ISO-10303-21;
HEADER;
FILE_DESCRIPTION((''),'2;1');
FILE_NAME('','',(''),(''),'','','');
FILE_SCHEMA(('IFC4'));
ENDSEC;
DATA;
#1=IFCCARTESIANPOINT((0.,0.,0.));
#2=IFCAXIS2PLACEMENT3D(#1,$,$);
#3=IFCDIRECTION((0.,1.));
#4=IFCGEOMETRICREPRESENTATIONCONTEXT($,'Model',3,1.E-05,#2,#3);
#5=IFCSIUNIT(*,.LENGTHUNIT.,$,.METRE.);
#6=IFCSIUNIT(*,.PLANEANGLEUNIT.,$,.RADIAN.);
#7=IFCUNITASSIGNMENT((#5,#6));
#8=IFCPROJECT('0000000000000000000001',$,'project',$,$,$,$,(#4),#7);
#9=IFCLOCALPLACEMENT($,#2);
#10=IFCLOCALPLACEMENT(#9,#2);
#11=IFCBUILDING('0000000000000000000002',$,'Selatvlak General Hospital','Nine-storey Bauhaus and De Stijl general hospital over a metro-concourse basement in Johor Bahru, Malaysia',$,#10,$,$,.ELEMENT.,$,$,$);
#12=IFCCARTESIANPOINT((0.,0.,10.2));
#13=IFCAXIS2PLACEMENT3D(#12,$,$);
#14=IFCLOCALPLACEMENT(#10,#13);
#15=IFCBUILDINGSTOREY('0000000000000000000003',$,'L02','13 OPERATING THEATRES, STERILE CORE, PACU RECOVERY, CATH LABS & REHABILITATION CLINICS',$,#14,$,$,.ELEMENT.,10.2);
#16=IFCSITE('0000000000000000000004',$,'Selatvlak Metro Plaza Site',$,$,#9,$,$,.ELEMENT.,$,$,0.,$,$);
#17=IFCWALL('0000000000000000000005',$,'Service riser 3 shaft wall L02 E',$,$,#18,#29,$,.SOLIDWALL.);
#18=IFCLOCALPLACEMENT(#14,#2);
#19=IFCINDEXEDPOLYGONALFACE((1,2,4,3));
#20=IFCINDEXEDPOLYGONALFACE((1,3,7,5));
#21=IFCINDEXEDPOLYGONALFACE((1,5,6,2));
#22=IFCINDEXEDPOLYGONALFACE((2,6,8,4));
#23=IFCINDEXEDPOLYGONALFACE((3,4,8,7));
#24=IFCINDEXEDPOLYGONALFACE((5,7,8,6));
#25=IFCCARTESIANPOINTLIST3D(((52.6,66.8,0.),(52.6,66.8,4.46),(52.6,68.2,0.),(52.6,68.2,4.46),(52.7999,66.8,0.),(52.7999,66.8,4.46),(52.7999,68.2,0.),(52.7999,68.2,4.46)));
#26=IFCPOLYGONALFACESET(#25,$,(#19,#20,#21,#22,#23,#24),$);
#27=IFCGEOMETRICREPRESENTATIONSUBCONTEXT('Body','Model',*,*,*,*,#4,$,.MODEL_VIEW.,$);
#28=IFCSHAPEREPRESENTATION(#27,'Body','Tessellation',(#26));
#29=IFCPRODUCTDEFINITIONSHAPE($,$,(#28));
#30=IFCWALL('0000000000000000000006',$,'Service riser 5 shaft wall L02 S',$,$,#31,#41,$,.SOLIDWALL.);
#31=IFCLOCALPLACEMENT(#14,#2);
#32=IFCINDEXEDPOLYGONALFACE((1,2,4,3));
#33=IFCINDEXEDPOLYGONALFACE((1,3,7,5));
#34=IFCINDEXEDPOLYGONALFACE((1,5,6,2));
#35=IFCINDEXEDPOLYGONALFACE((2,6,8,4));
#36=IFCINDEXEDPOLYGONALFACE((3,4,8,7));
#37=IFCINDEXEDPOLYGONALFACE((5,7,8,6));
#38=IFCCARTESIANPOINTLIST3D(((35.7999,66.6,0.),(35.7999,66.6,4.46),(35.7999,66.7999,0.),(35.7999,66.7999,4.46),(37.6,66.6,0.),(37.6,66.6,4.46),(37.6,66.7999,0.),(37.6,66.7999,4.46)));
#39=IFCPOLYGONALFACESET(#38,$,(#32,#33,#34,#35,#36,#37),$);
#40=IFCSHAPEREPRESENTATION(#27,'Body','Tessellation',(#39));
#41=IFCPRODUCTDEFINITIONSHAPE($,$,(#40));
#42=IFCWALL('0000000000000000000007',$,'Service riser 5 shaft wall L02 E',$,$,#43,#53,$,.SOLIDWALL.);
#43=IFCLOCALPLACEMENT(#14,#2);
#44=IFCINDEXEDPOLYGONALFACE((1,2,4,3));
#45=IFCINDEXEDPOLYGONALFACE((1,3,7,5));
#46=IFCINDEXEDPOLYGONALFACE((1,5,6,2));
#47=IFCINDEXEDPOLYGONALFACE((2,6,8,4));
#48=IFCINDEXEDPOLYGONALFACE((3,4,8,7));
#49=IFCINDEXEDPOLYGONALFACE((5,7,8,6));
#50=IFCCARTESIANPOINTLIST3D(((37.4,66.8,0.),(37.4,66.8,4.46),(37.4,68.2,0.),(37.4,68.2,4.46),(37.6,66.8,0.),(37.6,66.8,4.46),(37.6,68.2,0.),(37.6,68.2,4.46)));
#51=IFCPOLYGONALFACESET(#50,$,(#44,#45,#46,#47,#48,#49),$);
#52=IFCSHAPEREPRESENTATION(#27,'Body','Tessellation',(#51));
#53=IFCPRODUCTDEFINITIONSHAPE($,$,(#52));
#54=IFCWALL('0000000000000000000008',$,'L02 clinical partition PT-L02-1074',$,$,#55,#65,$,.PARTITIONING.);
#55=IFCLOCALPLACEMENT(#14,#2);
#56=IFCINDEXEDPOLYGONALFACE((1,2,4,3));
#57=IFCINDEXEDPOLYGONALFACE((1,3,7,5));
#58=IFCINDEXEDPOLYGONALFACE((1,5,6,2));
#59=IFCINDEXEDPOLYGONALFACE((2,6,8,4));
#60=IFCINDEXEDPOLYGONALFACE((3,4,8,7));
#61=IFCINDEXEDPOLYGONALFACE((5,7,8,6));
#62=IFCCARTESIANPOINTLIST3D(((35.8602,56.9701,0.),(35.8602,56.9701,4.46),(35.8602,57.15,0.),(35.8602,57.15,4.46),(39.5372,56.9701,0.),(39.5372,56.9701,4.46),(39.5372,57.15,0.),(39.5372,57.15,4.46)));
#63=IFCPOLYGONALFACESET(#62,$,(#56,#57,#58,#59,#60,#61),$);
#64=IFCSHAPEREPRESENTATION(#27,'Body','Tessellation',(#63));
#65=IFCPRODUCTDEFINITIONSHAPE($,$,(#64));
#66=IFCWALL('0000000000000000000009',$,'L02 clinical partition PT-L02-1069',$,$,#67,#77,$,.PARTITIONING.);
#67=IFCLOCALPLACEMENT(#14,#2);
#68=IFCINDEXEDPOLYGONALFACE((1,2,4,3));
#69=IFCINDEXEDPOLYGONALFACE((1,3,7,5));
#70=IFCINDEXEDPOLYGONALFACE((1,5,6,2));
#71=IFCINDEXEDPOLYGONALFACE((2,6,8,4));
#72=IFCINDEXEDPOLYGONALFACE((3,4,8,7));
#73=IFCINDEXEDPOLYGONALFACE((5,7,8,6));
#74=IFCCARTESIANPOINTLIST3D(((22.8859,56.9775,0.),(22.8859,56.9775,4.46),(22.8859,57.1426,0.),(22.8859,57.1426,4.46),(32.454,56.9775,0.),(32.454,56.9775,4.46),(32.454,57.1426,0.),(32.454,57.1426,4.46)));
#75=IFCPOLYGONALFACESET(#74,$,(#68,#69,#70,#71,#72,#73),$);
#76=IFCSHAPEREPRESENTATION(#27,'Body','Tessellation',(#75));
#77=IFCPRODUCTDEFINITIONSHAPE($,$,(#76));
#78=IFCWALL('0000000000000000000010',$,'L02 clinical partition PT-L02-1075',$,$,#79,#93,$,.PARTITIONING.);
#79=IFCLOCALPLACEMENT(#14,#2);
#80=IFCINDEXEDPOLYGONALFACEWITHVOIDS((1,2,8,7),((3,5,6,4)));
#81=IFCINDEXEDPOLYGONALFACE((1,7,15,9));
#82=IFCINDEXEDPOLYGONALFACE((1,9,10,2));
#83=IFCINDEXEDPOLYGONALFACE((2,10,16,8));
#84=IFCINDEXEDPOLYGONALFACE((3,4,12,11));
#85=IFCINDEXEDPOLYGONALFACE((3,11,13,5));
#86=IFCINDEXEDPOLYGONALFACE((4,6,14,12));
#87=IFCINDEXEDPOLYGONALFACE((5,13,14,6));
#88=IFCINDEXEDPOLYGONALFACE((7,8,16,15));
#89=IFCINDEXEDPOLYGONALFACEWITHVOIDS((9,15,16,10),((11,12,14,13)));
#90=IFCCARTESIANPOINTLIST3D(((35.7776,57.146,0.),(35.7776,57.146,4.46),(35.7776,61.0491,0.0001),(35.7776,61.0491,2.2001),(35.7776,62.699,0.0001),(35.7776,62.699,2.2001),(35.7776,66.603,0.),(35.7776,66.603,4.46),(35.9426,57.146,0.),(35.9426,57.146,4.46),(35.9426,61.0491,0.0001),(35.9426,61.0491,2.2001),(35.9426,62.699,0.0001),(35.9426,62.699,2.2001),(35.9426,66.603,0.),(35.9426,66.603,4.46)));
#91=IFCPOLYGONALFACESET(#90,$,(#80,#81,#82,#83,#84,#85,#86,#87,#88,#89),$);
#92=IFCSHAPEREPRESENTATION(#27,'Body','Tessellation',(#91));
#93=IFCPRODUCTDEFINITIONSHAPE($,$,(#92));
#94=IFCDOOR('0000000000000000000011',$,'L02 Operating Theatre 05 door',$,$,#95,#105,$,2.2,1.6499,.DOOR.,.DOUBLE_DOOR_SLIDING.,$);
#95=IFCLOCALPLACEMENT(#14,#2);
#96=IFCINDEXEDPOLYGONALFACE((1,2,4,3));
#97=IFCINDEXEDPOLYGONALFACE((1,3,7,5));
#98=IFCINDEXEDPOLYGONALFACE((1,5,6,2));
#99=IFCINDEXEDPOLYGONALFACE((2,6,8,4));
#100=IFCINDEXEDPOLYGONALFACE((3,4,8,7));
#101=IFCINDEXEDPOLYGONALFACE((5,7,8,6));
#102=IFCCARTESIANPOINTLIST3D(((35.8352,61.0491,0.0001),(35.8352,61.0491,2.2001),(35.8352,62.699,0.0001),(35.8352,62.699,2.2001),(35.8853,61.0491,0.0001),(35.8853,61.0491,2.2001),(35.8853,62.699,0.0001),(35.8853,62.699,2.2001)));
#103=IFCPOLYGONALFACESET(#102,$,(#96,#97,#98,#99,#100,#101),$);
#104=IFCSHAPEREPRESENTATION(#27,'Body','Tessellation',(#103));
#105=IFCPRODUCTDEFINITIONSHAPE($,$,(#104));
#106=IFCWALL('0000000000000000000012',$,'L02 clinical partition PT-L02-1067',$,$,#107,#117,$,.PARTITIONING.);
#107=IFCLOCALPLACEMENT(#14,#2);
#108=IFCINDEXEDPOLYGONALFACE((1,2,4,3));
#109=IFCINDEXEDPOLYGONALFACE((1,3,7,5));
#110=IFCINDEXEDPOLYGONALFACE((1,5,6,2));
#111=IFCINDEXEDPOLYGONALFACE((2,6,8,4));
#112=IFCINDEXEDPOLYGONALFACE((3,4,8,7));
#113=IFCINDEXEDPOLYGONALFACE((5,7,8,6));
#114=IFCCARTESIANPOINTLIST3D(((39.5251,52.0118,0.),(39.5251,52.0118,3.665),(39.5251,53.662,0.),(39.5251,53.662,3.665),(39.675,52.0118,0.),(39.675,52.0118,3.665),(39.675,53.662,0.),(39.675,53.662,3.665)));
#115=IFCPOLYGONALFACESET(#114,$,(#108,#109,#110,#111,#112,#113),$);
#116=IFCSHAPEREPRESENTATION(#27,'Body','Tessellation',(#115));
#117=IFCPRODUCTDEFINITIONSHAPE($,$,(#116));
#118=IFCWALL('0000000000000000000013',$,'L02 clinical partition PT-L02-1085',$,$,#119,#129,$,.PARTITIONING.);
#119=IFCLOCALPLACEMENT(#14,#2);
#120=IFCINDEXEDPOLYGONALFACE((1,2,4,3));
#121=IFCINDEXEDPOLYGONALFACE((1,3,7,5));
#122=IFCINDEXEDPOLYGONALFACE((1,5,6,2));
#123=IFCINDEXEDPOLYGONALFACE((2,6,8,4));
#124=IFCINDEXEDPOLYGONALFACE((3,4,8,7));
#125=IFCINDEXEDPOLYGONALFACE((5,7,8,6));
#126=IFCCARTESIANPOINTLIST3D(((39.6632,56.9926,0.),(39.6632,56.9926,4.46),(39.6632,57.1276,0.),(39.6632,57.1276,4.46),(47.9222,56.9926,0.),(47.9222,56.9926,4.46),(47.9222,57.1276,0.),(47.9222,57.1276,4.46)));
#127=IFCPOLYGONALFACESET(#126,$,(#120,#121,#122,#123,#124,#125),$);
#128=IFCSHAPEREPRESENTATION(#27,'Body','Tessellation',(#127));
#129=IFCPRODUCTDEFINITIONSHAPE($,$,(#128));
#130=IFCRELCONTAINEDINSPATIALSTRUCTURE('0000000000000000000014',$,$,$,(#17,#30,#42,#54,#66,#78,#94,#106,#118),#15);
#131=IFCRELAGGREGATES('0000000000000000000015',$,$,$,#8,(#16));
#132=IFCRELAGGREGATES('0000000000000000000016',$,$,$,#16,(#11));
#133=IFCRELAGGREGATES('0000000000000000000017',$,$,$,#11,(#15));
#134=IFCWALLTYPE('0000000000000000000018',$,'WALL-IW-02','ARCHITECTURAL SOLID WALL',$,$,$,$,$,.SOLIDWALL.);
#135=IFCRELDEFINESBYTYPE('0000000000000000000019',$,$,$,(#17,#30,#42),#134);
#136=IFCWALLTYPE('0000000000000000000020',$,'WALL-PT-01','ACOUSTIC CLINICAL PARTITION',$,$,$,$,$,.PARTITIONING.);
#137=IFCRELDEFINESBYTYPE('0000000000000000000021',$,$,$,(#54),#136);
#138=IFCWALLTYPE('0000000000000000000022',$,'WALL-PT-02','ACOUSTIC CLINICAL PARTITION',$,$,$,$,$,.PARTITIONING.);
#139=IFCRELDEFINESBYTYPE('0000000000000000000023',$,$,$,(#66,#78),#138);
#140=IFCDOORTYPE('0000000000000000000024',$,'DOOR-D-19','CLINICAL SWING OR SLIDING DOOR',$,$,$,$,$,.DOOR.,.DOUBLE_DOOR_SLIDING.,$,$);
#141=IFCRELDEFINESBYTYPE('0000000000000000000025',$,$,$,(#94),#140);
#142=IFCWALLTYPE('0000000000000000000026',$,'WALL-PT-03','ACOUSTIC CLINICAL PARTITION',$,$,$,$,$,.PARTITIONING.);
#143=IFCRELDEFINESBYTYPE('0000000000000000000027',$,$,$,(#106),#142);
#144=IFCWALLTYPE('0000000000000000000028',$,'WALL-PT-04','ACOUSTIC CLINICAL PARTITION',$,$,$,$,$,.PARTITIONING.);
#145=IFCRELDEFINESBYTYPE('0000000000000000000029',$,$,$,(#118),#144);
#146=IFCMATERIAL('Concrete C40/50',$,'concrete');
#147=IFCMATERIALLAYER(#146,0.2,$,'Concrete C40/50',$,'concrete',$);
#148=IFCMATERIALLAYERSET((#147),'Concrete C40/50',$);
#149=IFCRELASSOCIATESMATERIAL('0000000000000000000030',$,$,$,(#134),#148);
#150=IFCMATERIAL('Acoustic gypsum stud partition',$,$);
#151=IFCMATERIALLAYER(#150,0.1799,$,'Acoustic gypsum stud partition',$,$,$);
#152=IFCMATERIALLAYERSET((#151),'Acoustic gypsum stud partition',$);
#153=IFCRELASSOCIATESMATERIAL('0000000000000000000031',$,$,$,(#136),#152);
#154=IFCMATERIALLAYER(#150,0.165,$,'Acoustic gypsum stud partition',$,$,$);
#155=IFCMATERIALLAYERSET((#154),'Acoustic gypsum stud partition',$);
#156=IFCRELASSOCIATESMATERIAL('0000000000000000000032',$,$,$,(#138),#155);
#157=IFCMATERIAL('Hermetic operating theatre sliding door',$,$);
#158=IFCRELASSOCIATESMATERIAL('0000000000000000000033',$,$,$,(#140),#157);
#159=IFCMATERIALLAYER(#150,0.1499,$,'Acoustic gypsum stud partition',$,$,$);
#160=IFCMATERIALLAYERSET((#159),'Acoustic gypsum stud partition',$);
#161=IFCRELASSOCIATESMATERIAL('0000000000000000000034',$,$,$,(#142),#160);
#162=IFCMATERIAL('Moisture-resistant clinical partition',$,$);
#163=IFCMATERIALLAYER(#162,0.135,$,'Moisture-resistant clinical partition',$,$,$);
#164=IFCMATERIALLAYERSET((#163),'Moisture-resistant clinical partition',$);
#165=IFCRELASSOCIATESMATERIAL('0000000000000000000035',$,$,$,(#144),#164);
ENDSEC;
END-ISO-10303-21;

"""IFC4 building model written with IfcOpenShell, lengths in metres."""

from ifc_helpers import new_model, si_unit, direction, frame, frame_2d, origin, place, context, subcontext, project, spatial, rectangle, extrude, material, layer, layer_set, type_object, element, fill, save


model = new_model("IFC4")

# Units and contexts
model_context = context("Model", 3, precision=1e-05, world=origin(), true_north=direction((0.0, 1.0)))
body_context = subcontext(model_context, "Body", "Model", "MODEL_VIEW")
ifc_project = project(units=[si_unit("LENGTHUNIT", "METRE"), si_unit("PLANEANGLEUNIT", "RADIAN")], contexts=[model_context])

# Site, building, storey
site_placement = place(None, origin())
site = spatial("IfcSite", under=ifc_project, at=site_placement, Name="Selatvlak Metro Plaza Site", CompositionType="ELEMENT", RefElevation=0.0)
building_placement = place(site_placement, origin())
building = spatial("IfcBuilding", under=site, at=building_placement, Name="Selatvlak General Hospital", Description="Nine-storey Bauhaus and De Stijl general hospital over a metro-concourse basement in Johor Bahru, Malaysia", CompositionType="ELEMENT")
storey_placement = place(building_placement, frame((0.0, 0.0, 10.2)))
storey = spatial("IfcBuildingStorey", under=building, at=storey_placement, Name="L02", Description="13 OPERATING THEATRES, STERILE CORE, PACU RECOVERY, CATH LABS & REHABILITATION CLINICS", CompositionType="ELEMENT", Elevation=10.2)

# Shared definitions
ifc_material_1 = material(Name="Concrete C40/50", Category="concrete")

# Walls
ifc_layer_1 = layer(ifc_material_1, 0.2, Name="Concrete C40/50", Category="concrete")
ifc_layer_set_1 = layer_set([ifc_layer_1], Name="Concrete C40/50")
wall_type_1 = type_object("IfcWallType", Name="WALL-IW-02", Description="ARCHITECTURAL SOLID WALL", PredefinedType="SOLIDWALL", material=ifc_layer_set_1)
wall_1_placement = place(storey_placement, frame((52.7, 66.8, 0.0), z_axis=(0.0, 0.0, 1.0), x_axis=(0.0, 1.0, 0.0)))
element("IfcWall", 1, at=wall_1_placement, inside=storey, type_object=wall_type_1, Name="Service riser 3 shaft wall L02 E", PredefinedType="SOLIDWALL", context=body_context, shape_type="SweptSolid", body=[
    extrude(rectangle(XDim=1.3999, YDim=0.2, at=frame_2d((0.7, 0.0))), origin(), (0.0, 0.0, 1.0), 4.46),
])
wall_2_placement = place(storey_placement, frame((35.8, 66.7, 0.0), z_axis=(0.0, 0.0, 1.0), x_axis=(1.0, 0.0, 0.0)))
element("IfcWall", 2, at=wall_2_placement, inside=storey, type_object=wall_type_1, Name="Service riser 5 shaft wall L02 S", PredefinedType="SOLIDWALL", context=body_context, shape_type="SweptSolid", body=[
    extrude(rectangle(XDim=1.8, YDim=0.2, at=frame_2d((0.8999, 0.0))), origin(), (0.0, 0.0, 1.0), 4.46),
])
wall_3_placement = place(storey_placement, frame((37.5, 66.8, 0.0), z_axis=(0.0, 0.0, 1.0), x_axis=(0.0, 1.0, 0.0)))
element("IfcWall", 3, at=wall_3_placement, inside=storey, type_object=wall_type_1, Name="Service riser 5 shaft wall L02 E", PredefinedType="SOLIDWALL", context=body_context, shape_type="SweptSolid", body=[
    extrude(rectangle(XDim=1.3999, YDim=0.2, at=frame_2d((0.7, 0.0))), origin(), (0.0, 0.0, 1.0), 4.46),
])
ifc_material_2 = material(Name="Acoustic gypsum stud partition")
ifc_layer_2 = layer(ifc_material_2, 0.1799, Name="Acoustic gypsum stud partition")
ifc_layer_set_2 = layer_set([ifc_layer_2], Name="Acoustic gypsum stud partition")
wall_type_2 = type_object("IfcWallType", Name="WALL-PT-01", Description="ACOUSTIC CLINICAL PARTITION", PredefinedType="PARTITIONING", material=ifc_layer_set_2)
wall_4_placement = place(storey_placement, frame((39.5371, 57.0601, 0.0), z_axis=(0.0, 0.0, 1.0), x_axis=(-1.0, 0.0, 0.0)))
element("IfcWall", 4, at=wall_4_placement, inside=storey, type_object=wall_type_2, Name="L02 clinical partition PT-L02-1074", PredefinedType="PARTITIONING", context=body_context, shape_type="SweptSolid", body=[
    extrude(rectangle(XDim=3.677, YDim=0.1799, at=frame_2d((1.8384, 0.0))), origin(), (0.0, 0.0, 1.0), 4.46),
])
ifc_layer_3 = layer(ifc_material_2, 0.165, Name="Acoustic gypsum stud partition")
ifc_layer_set_3 = layer_set([ifc_layer_3], Name="Acoustic gypsum stud partition")
wall_type_3 = type_object("IfcWallType", Name="WALL-PT-02", Description="ACOUSTIC CLINICAL PARTITION", PredefinedType="PARTITIONING", material=ifc_layer_set_3)
wall_5_placement = place(storey_placement, frame((32.4541, 57.0601, 0.0), z_axis=(0.0, 0.0, 1.0), x_axis=(-1.0, 0.0, 0.0)))
element("IfcWall", 5, at=wall_5_placement, inside=storey, type_object=wall_type_3, Name="L02 clinical partition PT-L02-1069", PredefinedType="PARTITIONING", context=body_context, shape_type="SweptSolid", body=[
    extrude(rectangle(XDim=9.5681, YDim=0.165, at=frame_2d((4.7842, 0.0))), origin(), (0.0, 0.0, 1.0), 4.46),
])

# Wall, opening, door
wall_6_placement = place(storey_placement, frame((35.8601, 57.146, 0.0), z_axis=(0.0, 0.0, 1.0), x_axis=(0.0, 1.0, 0.0)))
wall_6 = element("IfcWall", 6, at=wall_6_placement, inside=storey, type_object=wall_type_3, Name="L02 clinical partition PT-L02-1075", PredefinedType="PARTITIONING", context=body_context, shape_type="SweptSolid", body=[
    extrude(rectangle(XDim=9.457, YDim=0.165, at=frame_2d((4.7285, 0.0))), origin(), (0.0, 0.0, 1.0), 4.46),
])
opening_placement = place(wall_6_placement, frame((3.9031, 0.0, 0.0)))
opening = element("IfcOpeningElement", 7, at=opening_placement, cuts=wall_6, PredefinedType="OPENING", context=body_context, shape_type="SweptSolid", body=[
    extrude(rectangle(XDim=1.6499, YDim=2.2, at=frame_2d((0.825, 1.1001))), frame((0.0, 0.0925, 0.0), z_axis=(0.0, -1.0, 0.0), x_axis=(1.0, 0.0, 0.0)), (0.0, 0.0, 1.0), 0.1851),
])
ifc_material_3 = material(Name="Hermetic operating theatre sliding door")
door_type = type_object("IfcDoorType", Name="DOOR-D-19", Description="CLINICAL SWING OR SLIDING DOOR", OperationType="DOUBLE_DOOR_SLIDING", PredefinedType="DOOR", material=ifc_material_3)
door_placement = place(opening_placement, origin())
door = element("IfcDoor", 8, at=door_placement, inside=storey, type_object=door_type, Name="L02 Operating Theatre 05 door", OperationType="DOUBLE_DOOR_SLIDING", OverallHeight=2.2, OverallWidth=1.6499, PredefinedType="DOOR", context=body_context, shape_type="SweptSolid", body=[
    extrude(rectangle(XDim=1.6499, YDim=2.2, at=frame_2d((0.825, 1.1001))), frame((0.0, 0.0249, 0.0), z_axis=(0.0, -1.0, 0.0), x_axis=(1.0, 0.0, 0.0)), (0.0, 0.0, 1.0), 0.05),
])
fill(opening, door)

# Walls
ifc_layer_4 = layer(ifc_material_2, 0.1499, Name="Acoustic gypsum stud partition")
ifc_layer_set_4 = layer_set([ifc_layer_4], Name="Acoustic gypsum stud partition")
wall_type_4 = type_object("IfcWallType", Name="WALL-PT-03", Description="ACOUSTIC CLINICAL PARTITION", PredefinedType="PARTITIONING", material=ifc_layer_set_4)
wall_7_placement = place(storey_placement, frame((39.6001, 53.6621, 0.0), z_axis=(0.0, 0.0, 1.0), x_axis=(0.0, -1.0, 0.0)))
element("IfcWall", 9, at=wall_7_placement, inside=storey, type_object=wall_type_4, Name="L02 clinical partition PT-L02-1067", PredefinedType="PARTITIONING", context=body_context, shape_type="SweptSolid", body=[
    extrude(rectangle(XDim=1.6501, YDim=0.1499, at=frame_2d((0.8252, 0.0))), origin(), (0.0, 0.0, 1.0), 3.665),
])
ifc_material_4 = material(Name="Moisture-resistant clinical partition")
ifc_layer_5 = layer(ifc_material_4, 0.135, Name="Moisture-resistant clinical partition")
ifc_layer_set_5 = layer_set([ifc_layer_5], Name="Moisture-resistant clinical partition")
wall_type_5 = type_object("IfcWallType", Name="WALL-PT-04", Description="ACOUSTIC CLINICAL PARTITION", PredefinedType="PARTITIONING", material=ifc_layer_set_5)
wall_8_placement = place(storey_placement, frame((47.9221, 57.0601, 0.0), z_axis=(0.0, 0.0, 1.0), x_axis=(-1.0, 0.0, 0.0)))
element("IfcWall", 10, at=wall_8_placement, inside=storey, type_object=wall_type_5, Name="L02 clinical partition PT-L02-1085", PredefinedType="PARTITIONING", context=body_context, shape_type="SweptSolid", body=[
    extrude(rectangle(XDim=8.259, YDim=0.135, at=frame_2d((4.1294, 0.0))), origin(), (0.0, 0.0, 1.0), 4.46),
])

save(model, "model.ifc")
